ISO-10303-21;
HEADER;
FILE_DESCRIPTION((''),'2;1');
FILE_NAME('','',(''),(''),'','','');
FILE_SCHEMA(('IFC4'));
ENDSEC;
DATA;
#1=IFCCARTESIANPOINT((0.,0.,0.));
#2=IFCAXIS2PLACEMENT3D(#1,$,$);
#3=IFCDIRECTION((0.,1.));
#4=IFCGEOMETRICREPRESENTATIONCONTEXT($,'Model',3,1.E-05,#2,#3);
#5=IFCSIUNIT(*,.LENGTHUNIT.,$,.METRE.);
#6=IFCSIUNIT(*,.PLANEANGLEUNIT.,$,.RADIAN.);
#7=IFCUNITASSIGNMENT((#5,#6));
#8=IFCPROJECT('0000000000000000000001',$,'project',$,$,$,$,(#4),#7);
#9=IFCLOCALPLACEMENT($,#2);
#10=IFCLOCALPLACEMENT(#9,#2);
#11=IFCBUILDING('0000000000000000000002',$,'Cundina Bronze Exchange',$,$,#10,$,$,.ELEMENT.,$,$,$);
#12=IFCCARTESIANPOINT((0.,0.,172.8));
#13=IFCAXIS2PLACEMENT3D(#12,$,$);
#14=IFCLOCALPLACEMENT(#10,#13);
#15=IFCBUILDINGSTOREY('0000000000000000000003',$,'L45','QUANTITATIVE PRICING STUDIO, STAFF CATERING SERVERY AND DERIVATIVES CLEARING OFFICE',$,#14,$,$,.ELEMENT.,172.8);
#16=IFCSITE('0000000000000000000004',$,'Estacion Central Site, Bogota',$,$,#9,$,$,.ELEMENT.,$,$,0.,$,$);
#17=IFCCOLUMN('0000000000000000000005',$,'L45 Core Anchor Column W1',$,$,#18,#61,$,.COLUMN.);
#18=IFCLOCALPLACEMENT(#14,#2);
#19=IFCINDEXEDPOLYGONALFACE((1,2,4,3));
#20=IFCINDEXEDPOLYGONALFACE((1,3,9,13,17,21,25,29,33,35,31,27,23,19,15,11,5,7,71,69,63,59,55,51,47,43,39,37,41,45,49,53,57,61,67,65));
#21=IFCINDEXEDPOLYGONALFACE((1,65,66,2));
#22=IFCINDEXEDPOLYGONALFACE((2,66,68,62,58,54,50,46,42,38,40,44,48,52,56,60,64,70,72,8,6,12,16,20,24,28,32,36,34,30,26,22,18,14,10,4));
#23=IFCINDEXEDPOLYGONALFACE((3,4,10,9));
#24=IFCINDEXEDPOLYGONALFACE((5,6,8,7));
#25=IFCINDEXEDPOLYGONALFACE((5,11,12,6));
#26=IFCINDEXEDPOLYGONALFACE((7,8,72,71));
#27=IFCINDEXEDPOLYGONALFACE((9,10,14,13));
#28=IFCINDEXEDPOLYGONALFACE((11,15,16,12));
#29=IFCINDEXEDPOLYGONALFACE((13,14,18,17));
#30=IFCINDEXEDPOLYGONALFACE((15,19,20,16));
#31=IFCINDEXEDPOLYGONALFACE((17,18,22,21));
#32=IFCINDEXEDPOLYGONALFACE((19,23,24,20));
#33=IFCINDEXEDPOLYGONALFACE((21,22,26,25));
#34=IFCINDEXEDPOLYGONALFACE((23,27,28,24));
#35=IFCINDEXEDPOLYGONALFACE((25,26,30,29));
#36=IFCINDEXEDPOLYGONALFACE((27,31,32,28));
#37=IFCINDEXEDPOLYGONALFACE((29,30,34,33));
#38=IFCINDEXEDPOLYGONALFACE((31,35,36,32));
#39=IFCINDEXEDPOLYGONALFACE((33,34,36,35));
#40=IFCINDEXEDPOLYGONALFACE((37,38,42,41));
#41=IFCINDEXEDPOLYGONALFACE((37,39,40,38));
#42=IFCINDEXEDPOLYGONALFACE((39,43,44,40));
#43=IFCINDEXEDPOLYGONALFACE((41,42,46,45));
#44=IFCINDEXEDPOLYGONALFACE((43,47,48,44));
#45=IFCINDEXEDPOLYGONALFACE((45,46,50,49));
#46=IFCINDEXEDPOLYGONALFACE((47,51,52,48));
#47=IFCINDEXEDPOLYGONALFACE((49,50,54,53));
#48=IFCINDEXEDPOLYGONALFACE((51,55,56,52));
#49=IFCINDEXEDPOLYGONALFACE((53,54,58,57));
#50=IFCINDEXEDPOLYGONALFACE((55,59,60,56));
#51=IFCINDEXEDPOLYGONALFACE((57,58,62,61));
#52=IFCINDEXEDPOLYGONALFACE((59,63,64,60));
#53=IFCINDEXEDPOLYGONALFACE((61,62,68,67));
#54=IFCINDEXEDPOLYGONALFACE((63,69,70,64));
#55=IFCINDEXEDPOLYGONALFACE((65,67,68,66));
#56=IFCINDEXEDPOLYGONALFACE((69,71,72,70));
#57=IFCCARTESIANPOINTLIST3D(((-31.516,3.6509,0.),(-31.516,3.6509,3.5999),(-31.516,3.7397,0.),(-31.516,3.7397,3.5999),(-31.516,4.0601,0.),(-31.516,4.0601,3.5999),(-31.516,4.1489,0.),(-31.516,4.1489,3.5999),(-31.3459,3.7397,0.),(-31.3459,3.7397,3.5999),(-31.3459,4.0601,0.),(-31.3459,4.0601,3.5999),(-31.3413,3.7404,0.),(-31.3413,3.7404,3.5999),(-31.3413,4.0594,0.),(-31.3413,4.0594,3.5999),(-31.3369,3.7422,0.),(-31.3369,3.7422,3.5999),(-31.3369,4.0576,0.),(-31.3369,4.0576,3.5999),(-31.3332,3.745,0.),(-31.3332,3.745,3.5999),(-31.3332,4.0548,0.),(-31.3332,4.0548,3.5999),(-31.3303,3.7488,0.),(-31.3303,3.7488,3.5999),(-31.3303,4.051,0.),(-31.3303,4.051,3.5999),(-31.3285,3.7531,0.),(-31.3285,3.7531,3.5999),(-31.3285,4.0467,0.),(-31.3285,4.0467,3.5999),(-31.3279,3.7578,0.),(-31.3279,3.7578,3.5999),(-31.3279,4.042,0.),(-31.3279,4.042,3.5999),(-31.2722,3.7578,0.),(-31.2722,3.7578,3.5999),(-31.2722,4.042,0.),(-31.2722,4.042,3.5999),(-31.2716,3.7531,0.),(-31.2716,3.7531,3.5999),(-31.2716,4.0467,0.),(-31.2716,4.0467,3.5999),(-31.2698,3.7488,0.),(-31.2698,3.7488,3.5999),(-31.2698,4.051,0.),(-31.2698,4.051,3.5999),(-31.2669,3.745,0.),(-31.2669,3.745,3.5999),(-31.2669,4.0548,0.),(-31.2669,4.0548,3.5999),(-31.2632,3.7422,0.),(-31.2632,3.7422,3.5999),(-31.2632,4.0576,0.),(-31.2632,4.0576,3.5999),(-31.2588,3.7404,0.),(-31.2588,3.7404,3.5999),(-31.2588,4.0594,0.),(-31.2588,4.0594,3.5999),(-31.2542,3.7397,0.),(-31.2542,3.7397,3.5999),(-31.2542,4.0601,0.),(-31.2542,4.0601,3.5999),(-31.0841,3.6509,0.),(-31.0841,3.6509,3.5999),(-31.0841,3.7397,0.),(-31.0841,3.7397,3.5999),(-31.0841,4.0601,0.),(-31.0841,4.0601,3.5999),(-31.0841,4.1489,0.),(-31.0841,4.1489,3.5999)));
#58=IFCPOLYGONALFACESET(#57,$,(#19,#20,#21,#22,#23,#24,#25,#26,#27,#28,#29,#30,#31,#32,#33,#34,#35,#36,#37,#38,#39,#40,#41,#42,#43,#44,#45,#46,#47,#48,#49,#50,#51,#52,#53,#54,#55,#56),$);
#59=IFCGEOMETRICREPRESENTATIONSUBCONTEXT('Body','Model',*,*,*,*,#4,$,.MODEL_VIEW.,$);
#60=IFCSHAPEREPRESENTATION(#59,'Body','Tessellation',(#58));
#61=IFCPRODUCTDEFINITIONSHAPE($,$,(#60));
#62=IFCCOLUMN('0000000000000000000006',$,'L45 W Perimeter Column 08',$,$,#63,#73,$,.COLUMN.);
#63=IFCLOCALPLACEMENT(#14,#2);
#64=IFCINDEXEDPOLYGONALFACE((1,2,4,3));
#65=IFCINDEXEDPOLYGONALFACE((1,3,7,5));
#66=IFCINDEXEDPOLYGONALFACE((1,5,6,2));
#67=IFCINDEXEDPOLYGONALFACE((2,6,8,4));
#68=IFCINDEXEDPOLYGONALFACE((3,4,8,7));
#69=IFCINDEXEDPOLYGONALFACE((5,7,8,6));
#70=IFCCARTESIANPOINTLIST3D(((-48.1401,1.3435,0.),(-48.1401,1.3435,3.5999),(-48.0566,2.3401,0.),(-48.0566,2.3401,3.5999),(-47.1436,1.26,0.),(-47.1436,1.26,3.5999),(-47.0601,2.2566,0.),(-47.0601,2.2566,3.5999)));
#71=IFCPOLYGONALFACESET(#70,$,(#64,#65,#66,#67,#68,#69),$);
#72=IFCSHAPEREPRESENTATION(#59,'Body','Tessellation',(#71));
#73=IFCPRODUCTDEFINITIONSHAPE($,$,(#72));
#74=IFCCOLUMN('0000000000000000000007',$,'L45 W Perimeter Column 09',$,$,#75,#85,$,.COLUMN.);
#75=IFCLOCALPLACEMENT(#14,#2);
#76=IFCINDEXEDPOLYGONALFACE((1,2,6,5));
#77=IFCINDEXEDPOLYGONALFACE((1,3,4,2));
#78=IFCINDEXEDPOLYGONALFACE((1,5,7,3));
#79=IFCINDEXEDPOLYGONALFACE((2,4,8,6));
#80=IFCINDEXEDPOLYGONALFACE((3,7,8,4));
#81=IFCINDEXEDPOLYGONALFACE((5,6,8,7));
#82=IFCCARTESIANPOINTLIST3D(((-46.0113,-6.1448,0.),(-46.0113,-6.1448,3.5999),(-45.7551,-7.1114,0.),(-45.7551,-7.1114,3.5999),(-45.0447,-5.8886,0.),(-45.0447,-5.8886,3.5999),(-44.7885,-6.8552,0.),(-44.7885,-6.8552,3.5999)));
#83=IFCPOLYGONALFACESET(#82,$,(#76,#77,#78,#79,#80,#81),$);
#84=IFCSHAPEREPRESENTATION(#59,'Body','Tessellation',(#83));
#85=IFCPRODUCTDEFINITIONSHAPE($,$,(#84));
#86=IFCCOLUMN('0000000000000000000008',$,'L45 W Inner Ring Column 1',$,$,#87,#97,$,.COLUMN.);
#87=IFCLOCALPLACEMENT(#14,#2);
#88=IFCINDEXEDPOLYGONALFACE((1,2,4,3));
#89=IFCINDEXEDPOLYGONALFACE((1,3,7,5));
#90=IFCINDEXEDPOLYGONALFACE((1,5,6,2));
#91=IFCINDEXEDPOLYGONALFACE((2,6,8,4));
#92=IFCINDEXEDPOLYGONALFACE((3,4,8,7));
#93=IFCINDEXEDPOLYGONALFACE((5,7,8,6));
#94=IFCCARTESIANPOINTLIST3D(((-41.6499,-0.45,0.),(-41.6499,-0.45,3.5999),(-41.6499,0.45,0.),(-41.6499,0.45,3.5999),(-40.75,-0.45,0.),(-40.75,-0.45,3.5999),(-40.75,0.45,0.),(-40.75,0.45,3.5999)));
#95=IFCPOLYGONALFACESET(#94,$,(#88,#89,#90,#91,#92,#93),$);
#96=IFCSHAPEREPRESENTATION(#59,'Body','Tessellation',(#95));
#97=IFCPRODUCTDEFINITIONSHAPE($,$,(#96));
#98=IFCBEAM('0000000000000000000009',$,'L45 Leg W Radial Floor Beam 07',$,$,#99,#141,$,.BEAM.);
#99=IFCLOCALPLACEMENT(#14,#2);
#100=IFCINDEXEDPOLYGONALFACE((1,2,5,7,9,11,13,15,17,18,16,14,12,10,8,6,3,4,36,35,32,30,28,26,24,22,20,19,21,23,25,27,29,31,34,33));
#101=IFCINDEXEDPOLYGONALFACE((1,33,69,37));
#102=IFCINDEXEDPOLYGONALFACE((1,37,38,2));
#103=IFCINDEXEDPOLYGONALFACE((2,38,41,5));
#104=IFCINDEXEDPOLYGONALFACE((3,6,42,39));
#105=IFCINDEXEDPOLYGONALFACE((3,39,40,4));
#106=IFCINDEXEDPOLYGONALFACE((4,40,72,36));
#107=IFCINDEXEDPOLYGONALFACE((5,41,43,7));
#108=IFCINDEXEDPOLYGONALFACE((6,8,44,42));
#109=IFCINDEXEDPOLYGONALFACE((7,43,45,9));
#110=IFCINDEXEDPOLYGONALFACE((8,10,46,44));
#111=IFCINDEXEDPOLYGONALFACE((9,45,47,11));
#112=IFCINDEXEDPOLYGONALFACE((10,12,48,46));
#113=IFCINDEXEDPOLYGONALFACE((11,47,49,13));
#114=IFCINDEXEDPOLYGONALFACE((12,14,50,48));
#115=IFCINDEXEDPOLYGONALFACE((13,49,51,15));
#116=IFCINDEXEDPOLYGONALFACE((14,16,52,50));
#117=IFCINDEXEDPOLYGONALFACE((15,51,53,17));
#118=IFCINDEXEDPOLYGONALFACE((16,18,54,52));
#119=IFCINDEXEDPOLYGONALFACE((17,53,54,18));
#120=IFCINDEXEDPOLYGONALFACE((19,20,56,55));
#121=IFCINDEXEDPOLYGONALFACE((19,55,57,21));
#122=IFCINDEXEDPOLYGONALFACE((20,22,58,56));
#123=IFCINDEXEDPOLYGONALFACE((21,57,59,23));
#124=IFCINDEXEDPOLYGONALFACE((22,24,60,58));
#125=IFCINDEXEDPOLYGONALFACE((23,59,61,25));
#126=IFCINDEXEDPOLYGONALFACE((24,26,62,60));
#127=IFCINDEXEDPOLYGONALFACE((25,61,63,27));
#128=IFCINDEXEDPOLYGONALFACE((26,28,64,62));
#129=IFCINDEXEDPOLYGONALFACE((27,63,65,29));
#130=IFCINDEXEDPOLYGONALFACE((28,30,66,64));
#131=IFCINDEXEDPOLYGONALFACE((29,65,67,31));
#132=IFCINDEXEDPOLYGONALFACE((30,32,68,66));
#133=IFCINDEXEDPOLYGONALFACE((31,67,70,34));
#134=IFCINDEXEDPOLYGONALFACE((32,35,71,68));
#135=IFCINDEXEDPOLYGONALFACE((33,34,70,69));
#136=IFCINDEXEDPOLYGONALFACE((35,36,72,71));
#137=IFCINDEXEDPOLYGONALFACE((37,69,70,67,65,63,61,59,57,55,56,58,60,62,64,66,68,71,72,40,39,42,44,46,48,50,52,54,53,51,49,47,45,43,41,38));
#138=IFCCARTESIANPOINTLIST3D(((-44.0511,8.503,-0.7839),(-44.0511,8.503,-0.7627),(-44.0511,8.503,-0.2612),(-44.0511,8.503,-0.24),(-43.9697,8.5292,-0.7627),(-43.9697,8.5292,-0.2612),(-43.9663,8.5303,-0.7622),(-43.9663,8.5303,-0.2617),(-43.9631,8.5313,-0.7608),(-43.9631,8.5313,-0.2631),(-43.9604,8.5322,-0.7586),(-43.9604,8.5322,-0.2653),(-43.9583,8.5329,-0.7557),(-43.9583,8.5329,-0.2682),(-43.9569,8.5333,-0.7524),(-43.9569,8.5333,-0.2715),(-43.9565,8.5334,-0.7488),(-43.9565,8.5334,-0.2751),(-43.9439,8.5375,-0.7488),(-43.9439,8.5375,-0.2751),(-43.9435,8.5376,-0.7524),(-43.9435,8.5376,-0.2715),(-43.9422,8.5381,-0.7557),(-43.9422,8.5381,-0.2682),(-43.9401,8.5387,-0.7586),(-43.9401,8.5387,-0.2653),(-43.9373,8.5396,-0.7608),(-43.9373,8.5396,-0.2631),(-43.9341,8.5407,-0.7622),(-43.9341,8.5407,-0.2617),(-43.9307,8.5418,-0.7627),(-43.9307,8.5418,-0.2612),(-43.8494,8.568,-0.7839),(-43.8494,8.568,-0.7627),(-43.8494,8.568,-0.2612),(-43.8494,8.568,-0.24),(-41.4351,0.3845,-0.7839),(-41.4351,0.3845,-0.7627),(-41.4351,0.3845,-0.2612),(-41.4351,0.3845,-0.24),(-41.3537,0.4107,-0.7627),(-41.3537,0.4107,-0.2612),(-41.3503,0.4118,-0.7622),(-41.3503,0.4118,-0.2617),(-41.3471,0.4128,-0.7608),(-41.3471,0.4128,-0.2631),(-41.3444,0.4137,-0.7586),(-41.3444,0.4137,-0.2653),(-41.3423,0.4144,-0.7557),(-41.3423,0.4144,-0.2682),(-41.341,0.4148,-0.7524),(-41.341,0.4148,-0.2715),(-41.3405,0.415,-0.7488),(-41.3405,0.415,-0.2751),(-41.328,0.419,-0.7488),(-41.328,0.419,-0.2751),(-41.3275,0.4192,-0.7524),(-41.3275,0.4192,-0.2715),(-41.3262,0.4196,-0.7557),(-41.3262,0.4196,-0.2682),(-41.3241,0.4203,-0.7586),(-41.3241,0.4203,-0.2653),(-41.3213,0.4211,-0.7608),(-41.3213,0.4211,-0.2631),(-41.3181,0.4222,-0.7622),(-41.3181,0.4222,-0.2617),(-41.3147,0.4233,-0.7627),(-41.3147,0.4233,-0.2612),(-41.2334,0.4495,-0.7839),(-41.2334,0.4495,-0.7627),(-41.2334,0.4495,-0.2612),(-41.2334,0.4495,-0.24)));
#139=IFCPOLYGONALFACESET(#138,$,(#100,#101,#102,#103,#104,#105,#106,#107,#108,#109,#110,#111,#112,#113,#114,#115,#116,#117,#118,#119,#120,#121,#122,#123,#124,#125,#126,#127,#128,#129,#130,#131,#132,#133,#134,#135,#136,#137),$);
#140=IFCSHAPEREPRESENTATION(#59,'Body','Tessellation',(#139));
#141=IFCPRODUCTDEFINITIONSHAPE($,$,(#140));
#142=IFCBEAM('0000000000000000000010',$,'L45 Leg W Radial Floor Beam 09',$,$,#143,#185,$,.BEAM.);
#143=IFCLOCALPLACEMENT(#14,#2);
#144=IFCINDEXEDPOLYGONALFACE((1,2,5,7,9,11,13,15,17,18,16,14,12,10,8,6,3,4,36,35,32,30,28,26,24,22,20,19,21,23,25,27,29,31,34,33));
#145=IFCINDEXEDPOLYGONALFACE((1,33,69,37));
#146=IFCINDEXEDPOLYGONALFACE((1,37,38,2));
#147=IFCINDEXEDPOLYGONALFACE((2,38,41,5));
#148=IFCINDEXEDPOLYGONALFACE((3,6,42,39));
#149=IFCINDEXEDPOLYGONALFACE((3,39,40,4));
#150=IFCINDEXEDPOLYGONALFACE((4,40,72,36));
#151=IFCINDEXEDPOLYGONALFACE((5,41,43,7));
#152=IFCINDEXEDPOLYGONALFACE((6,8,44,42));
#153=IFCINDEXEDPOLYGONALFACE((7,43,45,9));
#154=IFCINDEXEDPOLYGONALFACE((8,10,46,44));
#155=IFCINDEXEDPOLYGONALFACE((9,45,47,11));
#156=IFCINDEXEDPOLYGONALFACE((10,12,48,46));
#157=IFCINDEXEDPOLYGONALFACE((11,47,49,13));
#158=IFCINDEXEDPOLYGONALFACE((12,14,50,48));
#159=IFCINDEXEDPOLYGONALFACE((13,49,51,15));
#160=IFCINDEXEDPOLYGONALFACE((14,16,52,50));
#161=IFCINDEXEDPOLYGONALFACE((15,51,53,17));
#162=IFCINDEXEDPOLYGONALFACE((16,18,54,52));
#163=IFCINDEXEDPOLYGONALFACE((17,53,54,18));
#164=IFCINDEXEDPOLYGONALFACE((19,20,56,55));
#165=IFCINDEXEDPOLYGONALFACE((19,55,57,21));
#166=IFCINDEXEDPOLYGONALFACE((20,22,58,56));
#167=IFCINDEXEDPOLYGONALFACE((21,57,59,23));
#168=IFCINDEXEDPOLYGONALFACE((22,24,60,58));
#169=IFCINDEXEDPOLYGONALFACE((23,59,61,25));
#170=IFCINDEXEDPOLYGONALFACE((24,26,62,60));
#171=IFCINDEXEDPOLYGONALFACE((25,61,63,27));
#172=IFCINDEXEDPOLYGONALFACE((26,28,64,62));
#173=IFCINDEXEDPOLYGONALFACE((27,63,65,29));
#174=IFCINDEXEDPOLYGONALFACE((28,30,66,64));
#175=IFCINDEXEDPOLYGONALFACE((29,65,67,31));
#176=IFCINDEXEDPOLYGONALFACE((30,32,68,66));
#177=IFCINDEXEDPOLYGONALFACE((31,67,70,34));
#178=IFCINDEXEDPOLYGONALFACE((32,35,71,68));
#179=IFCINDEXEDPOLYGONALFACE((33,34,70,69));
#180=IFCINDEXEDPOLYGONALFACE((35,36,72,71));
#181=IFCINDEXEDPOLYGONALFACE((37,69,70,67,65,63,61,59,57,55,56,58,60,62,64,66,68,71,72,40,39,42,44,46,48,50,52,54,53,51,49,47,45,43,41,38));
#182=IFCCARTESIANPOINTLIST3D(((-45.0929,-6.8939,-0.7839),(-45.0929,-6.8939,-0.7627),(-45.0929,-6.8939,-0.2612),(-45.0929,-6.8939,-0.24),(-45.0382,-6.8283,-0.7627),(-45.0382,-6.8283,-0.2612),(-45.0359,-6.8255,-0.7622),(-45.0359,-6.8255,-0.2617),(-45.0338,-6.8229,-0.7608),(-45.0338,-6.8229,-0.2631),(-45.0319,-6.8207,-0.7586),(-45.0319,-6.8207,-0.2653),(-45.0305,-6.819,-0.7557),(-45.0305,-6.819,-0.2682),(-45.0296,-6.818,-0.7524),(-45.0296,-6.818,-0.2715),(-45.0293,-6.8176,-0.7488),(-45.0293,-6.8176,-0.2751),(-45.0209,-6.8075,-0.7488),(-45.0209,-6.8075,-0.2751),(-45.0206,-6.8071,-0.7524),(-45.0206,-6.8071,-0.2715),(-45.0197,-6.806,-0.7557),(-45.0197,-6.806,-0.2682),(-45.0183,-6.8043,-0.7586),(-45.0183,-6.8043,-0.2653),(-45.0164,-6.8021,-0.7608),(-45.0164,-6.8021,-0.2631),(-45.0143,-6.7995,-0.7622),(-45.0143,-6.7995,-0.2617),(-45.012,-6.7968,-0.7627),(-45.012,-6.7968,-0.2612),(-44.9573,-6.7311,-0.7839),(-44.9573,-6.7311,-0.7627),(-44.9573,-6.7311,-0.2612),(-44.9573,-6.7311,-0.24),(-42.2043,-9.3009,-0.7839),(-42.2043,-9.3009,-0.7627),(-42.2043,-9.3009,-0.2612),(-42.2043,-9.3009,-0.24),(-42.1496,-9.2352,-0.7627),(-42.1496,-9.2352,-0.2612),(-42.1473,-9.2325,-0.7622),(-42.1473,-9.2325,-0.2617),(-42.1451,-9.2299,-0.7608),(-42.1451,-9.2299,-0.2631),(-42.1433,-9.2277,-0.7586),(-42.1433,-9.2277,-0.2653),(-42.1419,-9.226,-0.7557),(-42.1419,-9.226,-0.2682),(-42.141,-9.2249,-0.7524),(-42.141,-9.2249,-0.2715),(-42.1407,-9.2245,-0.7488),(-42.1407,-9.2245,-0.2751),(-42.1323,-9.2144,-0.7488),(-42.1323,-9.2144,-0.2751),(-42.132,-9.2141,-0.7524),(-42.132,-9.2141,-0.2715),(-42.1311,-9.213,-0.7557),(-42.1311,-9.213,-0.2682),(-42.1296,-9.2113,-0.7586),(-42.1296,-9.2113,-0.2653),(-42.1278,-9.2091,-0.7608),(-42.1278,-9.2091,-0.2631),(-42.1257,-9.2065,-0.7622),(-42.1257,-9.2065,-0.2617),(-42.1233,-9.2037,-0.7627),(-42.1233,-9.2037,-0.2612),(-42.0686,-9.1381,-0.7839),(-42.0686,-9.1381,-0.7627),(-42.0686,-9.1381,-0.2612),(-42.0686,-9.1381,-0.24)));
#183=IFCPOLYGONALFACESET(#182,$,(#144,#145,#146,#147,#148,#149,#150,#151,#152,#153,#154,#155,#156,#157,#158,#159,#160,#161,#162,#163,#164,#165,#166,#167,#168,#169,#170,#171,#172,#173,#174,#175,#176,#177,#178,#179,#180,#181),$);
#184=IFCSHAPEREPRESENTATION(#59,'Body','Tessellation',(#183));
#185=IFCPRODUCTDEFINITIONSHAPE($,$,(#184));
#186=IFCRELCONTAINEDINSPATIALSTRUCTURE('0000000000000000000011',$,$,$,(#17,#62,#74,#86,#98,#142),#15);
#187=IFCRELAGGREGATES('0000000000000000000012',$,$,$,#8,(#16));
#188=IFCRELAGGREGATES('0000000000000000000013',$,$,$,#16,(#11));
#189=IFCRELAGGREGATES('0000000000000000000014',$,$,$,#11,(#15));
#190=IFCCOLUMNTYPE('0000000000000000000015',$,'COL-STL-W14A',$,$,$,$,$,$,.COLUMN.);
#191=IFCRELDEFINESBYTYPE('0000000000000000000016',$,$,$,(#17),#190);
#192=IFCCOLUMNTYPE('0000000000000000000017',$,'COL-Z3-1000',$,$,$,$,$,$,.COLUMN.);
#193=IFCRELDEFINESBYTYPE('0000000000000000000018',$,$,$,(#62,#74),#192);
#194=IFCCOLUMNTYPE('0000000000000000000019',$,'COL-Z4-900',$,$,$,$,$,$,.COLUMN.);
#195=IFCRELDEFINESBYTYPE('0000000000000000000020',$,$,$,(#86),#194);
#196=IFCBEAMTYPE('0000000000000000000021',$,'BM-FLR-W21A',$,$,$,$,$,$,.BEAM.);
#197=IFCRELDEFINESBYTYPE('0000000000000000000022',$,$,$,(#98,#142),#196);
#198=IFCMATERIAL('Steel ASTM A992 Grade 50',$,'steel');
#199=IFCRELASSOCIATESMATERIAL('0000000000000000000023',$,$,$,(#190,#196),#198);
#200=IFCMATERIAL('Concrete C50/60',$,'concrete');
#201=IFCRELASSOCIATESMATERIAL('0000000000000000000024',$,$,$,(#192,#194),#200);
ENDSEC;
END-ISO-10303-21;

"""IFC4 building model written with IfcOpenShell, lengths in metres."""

from ifc_helpers import new_model, si_unit, direction, frame, origin, origin_2d, place, context, subcontext, project, spatial, rectangle, i_section, extrude, material, material_profile, profile_set, type_object, element, save


model = new_model("IFC4")

# Units and contexts
model_context = context("Model", 3, precision=1e-05, world=origin(), true_north=direction((0.0, 1.0)))
body_context = subcontext(model_context, "Body", "Model", "MODEL_VIEW")
ifc_project = project(units=[si_unit("LENGTHUNIT", "METRE"), si_unit("PLANEANGLEUNIT", "RADIAN")], contexts=[model_context])

# Site, building, storey
site_placement = place(None, origin())
site = spatial("IfcSite", under=ifc_project, at=site_placement, Name="Estacion Central Site, Bogota", CompositionType="ELEMENT", RefElevation=0.0)
building_placement = place(site_placement, origin())
building = spatial("IfcBuilding", under=site, at=building_placement, Name="Cundina Bronze Exchange", CompositionType="ELEMENT")
storey_placement = place(building_placement, frame((0.0, 0.0, 172.8)))
storey = spatial("IfcBuildingStorey", under=building, at=storey_placement, Name="L45", Description="QUANTITATIVE PRICING STUDIO, STAFF CATERING SERVERY AND DERIVATIVES CLEARING OFFICE", CompositionType="ELEMENT", Elevation=172.8)

# Columns
ifc_material_1 = material(Name="Steel ASTM A992 Grade 50", Category="steel")
ifc_material_profile_1 = material_profile(ifc_material_1, i_section(OverallWidth=0.4319, OverallDepth=0.498, WebThickness=0.0557, FlangeThickness=0.0889, FilletRadius=0.0181, at=origin_2d()), Name="W14X500", Category="steel")
ifc_profile_set_1 = profile_set([ifc_material_profile_1], Name="Steel ASTM A992 Grade 50")
column_type_1 = type_object("IfcColumnType", Name="COL-STL-W14A", PredefinedType="COLUMN", material=ifc_profile_set_1)
column_1_placement = place(storey_placement, frame((-31.3, 3.8999, 0.0), z_axis=(0.0, 0.0, 1.0), x_axis=(1.0, 0.0, 0.0)))
element("IfcColumn", 1, at=column_1_placement, inside=storey, type_object=column_type_1, Name="L45 Core Anchor Column W1", PredefinedType="COLUMN", context=body_context, shape_type="SweptSolid", body=[
    extrude(i_section(OverallWidth=0.4319, OverallDepth=0.498, WebThickness=0.0557, FlangeThickness=0.0889, FilletRadius=0.0181, at=origin_2d()), origin(), (0.0, 0.0, 1.0), 3.5999),
])
ifc_material_2 = material(Name="Concrete C50/60", Category="concrete")
ifc_material_profile_2 = material_profile(ifc_material_2, rectangle(XDim=1.0, YDim=1.0, at=origin_2d()), Name="RC1000X1000", Category="concrete")
ifc_profile_set_2 = profile_set([ifc_material_profile_2], Name="Concrete C50/60")
column_type_2 = type_object("IfcColumnType", Name="COL-Z3-1000", PredefinedType="COLUMN", material=ifc_profile_set_2)
for number, where, z_axis, x_axis, name in (
    (2, (-47.6001, 1.8, 0.0), (0.0, 0.0, 1.0), (-0.083504, -0.996507, 0.0), "L45 W Perimeter Column 08"),
    (3, (-45.3999, -6.5, 0.0), (0.0, 0.0, 1.0), (0.256289, -0.9666, 0.0), "L45 W Perimeter Column 09"),
):
    element("IfcColumn", number, at=place(storey_placement, frame(where, z_axis=z_axis, x_axis=x_axis)), inside=storey, type_object=column_type_2, Name=name, PredefinedType="COLUMN", context=body_context, shape_type="SweptSolid", body=[
        extrude(rectangle(XDim=1.0, YDim=1.0, at=origin_2d()), origin(), (0.0, 0.0, 1.0), 3.5999),
    ])
ifc_material_profile_3 = material_profile(ifc_material_2, rectangle(XDim=0.8999, YDim=0.8999, at=origin_2d()), Name="RC900X900", Category="concrete")
ifc_profile_set_3 = profile_set([ifc_material_profile_3], Name="Concrete C50/60")
column_type_3 = type_object("IfcColumnType", Name="COL-Z4-900", PredefinedType="COLUMN", material=ifc_profile_set_3)
column_2_placement = place(storey_placement, frame((-41.2, 0.0, 0.0), z_axis=(0.0, 0.0, 1.0), x_axis=(1.0, 0.0, 0.0)))
element("IfcColumn", 4, at=column_2_placement, inside=storey, type_object=column_type_3, Name="L45 W Inner Ring Column 1", PredefinedType="COLUMN", context=body_context, shape_type="SweptSolid", body=[
    extrude(rectangle(XDim=0.8999, YDim=0.8999, at=origin_2d()), origin(), (0.0, 0.0, 1.0), 3.5999),
])

# Beams
ifc_material_profile_4 = material_profile(ifc_material_1, i_section(OverallWidth=0.2119, OverallDepth=0.5439, WebThickness=0.0132, FlangeThickness=0.0212, FilletRadius=0.0139, at=origin_2d()), Name="W21X83", Category="steel")
ifc_profile_set_4 = profile_set([ifc_material_profile_4], Name="Steel ASTM A992 Grade 50")
beam_type_1 = type_object("IfcBeamType", Name="BM-FLR-W21A", PredefinedType="BEAM", material=ifc_profile_set_4)
beam_1_placement = place(storey_placement, frame((-41.3342, 0.417, -0.512), z_axis=(-0.306698, 0.951807, 0.0), x_axis=(-0.951807, -0.306698, 0.0)))
element("IfcBeam", 5, at=beam_1_placement, inside=storey, type_object=beam_type_1, Name="L45 Leg W Radial Floor Beam 07", PredefinedType="BEAM", context=body_context, shape_type="SweptSolid", body=[
    extrude(i_section(OverallWidth=0.2119, OverallDepth=0.5439, WebThickness=0.0132, FlangeThickness=0.0212, FilletRadius=0.0139, at=origin_2d()), origin(), (0.0, 0.0, 1.0), 8.5295),
])
beam_2_placement = place(storey_placement, frame((-42.1365, -9.2195, -0.512), z_axis=(-0.768253, 0.640146, 0.0), x_axis=(-0.640146, -0.768253, 0.0)))
element("IfcBeam", 6, at=beam_2_placement, inside=storey, type_object=beam_type_1, Name="L45 Leg W Radial Floor Beam 09", PredefinedType="BEAM", context=body_context, shape_type="SweptSolid", body=[
    extrude(i_section(OverallWidth=0.2119, OverallDepth=0.5439, WebThickness=0.0132, FlangeThickness=0.0212, FilletRadius=0.0139, at=origin_2d()), origin(), (0.0, 0.0, 1.0), 3.76),
])

save(model, "model.ifc")
